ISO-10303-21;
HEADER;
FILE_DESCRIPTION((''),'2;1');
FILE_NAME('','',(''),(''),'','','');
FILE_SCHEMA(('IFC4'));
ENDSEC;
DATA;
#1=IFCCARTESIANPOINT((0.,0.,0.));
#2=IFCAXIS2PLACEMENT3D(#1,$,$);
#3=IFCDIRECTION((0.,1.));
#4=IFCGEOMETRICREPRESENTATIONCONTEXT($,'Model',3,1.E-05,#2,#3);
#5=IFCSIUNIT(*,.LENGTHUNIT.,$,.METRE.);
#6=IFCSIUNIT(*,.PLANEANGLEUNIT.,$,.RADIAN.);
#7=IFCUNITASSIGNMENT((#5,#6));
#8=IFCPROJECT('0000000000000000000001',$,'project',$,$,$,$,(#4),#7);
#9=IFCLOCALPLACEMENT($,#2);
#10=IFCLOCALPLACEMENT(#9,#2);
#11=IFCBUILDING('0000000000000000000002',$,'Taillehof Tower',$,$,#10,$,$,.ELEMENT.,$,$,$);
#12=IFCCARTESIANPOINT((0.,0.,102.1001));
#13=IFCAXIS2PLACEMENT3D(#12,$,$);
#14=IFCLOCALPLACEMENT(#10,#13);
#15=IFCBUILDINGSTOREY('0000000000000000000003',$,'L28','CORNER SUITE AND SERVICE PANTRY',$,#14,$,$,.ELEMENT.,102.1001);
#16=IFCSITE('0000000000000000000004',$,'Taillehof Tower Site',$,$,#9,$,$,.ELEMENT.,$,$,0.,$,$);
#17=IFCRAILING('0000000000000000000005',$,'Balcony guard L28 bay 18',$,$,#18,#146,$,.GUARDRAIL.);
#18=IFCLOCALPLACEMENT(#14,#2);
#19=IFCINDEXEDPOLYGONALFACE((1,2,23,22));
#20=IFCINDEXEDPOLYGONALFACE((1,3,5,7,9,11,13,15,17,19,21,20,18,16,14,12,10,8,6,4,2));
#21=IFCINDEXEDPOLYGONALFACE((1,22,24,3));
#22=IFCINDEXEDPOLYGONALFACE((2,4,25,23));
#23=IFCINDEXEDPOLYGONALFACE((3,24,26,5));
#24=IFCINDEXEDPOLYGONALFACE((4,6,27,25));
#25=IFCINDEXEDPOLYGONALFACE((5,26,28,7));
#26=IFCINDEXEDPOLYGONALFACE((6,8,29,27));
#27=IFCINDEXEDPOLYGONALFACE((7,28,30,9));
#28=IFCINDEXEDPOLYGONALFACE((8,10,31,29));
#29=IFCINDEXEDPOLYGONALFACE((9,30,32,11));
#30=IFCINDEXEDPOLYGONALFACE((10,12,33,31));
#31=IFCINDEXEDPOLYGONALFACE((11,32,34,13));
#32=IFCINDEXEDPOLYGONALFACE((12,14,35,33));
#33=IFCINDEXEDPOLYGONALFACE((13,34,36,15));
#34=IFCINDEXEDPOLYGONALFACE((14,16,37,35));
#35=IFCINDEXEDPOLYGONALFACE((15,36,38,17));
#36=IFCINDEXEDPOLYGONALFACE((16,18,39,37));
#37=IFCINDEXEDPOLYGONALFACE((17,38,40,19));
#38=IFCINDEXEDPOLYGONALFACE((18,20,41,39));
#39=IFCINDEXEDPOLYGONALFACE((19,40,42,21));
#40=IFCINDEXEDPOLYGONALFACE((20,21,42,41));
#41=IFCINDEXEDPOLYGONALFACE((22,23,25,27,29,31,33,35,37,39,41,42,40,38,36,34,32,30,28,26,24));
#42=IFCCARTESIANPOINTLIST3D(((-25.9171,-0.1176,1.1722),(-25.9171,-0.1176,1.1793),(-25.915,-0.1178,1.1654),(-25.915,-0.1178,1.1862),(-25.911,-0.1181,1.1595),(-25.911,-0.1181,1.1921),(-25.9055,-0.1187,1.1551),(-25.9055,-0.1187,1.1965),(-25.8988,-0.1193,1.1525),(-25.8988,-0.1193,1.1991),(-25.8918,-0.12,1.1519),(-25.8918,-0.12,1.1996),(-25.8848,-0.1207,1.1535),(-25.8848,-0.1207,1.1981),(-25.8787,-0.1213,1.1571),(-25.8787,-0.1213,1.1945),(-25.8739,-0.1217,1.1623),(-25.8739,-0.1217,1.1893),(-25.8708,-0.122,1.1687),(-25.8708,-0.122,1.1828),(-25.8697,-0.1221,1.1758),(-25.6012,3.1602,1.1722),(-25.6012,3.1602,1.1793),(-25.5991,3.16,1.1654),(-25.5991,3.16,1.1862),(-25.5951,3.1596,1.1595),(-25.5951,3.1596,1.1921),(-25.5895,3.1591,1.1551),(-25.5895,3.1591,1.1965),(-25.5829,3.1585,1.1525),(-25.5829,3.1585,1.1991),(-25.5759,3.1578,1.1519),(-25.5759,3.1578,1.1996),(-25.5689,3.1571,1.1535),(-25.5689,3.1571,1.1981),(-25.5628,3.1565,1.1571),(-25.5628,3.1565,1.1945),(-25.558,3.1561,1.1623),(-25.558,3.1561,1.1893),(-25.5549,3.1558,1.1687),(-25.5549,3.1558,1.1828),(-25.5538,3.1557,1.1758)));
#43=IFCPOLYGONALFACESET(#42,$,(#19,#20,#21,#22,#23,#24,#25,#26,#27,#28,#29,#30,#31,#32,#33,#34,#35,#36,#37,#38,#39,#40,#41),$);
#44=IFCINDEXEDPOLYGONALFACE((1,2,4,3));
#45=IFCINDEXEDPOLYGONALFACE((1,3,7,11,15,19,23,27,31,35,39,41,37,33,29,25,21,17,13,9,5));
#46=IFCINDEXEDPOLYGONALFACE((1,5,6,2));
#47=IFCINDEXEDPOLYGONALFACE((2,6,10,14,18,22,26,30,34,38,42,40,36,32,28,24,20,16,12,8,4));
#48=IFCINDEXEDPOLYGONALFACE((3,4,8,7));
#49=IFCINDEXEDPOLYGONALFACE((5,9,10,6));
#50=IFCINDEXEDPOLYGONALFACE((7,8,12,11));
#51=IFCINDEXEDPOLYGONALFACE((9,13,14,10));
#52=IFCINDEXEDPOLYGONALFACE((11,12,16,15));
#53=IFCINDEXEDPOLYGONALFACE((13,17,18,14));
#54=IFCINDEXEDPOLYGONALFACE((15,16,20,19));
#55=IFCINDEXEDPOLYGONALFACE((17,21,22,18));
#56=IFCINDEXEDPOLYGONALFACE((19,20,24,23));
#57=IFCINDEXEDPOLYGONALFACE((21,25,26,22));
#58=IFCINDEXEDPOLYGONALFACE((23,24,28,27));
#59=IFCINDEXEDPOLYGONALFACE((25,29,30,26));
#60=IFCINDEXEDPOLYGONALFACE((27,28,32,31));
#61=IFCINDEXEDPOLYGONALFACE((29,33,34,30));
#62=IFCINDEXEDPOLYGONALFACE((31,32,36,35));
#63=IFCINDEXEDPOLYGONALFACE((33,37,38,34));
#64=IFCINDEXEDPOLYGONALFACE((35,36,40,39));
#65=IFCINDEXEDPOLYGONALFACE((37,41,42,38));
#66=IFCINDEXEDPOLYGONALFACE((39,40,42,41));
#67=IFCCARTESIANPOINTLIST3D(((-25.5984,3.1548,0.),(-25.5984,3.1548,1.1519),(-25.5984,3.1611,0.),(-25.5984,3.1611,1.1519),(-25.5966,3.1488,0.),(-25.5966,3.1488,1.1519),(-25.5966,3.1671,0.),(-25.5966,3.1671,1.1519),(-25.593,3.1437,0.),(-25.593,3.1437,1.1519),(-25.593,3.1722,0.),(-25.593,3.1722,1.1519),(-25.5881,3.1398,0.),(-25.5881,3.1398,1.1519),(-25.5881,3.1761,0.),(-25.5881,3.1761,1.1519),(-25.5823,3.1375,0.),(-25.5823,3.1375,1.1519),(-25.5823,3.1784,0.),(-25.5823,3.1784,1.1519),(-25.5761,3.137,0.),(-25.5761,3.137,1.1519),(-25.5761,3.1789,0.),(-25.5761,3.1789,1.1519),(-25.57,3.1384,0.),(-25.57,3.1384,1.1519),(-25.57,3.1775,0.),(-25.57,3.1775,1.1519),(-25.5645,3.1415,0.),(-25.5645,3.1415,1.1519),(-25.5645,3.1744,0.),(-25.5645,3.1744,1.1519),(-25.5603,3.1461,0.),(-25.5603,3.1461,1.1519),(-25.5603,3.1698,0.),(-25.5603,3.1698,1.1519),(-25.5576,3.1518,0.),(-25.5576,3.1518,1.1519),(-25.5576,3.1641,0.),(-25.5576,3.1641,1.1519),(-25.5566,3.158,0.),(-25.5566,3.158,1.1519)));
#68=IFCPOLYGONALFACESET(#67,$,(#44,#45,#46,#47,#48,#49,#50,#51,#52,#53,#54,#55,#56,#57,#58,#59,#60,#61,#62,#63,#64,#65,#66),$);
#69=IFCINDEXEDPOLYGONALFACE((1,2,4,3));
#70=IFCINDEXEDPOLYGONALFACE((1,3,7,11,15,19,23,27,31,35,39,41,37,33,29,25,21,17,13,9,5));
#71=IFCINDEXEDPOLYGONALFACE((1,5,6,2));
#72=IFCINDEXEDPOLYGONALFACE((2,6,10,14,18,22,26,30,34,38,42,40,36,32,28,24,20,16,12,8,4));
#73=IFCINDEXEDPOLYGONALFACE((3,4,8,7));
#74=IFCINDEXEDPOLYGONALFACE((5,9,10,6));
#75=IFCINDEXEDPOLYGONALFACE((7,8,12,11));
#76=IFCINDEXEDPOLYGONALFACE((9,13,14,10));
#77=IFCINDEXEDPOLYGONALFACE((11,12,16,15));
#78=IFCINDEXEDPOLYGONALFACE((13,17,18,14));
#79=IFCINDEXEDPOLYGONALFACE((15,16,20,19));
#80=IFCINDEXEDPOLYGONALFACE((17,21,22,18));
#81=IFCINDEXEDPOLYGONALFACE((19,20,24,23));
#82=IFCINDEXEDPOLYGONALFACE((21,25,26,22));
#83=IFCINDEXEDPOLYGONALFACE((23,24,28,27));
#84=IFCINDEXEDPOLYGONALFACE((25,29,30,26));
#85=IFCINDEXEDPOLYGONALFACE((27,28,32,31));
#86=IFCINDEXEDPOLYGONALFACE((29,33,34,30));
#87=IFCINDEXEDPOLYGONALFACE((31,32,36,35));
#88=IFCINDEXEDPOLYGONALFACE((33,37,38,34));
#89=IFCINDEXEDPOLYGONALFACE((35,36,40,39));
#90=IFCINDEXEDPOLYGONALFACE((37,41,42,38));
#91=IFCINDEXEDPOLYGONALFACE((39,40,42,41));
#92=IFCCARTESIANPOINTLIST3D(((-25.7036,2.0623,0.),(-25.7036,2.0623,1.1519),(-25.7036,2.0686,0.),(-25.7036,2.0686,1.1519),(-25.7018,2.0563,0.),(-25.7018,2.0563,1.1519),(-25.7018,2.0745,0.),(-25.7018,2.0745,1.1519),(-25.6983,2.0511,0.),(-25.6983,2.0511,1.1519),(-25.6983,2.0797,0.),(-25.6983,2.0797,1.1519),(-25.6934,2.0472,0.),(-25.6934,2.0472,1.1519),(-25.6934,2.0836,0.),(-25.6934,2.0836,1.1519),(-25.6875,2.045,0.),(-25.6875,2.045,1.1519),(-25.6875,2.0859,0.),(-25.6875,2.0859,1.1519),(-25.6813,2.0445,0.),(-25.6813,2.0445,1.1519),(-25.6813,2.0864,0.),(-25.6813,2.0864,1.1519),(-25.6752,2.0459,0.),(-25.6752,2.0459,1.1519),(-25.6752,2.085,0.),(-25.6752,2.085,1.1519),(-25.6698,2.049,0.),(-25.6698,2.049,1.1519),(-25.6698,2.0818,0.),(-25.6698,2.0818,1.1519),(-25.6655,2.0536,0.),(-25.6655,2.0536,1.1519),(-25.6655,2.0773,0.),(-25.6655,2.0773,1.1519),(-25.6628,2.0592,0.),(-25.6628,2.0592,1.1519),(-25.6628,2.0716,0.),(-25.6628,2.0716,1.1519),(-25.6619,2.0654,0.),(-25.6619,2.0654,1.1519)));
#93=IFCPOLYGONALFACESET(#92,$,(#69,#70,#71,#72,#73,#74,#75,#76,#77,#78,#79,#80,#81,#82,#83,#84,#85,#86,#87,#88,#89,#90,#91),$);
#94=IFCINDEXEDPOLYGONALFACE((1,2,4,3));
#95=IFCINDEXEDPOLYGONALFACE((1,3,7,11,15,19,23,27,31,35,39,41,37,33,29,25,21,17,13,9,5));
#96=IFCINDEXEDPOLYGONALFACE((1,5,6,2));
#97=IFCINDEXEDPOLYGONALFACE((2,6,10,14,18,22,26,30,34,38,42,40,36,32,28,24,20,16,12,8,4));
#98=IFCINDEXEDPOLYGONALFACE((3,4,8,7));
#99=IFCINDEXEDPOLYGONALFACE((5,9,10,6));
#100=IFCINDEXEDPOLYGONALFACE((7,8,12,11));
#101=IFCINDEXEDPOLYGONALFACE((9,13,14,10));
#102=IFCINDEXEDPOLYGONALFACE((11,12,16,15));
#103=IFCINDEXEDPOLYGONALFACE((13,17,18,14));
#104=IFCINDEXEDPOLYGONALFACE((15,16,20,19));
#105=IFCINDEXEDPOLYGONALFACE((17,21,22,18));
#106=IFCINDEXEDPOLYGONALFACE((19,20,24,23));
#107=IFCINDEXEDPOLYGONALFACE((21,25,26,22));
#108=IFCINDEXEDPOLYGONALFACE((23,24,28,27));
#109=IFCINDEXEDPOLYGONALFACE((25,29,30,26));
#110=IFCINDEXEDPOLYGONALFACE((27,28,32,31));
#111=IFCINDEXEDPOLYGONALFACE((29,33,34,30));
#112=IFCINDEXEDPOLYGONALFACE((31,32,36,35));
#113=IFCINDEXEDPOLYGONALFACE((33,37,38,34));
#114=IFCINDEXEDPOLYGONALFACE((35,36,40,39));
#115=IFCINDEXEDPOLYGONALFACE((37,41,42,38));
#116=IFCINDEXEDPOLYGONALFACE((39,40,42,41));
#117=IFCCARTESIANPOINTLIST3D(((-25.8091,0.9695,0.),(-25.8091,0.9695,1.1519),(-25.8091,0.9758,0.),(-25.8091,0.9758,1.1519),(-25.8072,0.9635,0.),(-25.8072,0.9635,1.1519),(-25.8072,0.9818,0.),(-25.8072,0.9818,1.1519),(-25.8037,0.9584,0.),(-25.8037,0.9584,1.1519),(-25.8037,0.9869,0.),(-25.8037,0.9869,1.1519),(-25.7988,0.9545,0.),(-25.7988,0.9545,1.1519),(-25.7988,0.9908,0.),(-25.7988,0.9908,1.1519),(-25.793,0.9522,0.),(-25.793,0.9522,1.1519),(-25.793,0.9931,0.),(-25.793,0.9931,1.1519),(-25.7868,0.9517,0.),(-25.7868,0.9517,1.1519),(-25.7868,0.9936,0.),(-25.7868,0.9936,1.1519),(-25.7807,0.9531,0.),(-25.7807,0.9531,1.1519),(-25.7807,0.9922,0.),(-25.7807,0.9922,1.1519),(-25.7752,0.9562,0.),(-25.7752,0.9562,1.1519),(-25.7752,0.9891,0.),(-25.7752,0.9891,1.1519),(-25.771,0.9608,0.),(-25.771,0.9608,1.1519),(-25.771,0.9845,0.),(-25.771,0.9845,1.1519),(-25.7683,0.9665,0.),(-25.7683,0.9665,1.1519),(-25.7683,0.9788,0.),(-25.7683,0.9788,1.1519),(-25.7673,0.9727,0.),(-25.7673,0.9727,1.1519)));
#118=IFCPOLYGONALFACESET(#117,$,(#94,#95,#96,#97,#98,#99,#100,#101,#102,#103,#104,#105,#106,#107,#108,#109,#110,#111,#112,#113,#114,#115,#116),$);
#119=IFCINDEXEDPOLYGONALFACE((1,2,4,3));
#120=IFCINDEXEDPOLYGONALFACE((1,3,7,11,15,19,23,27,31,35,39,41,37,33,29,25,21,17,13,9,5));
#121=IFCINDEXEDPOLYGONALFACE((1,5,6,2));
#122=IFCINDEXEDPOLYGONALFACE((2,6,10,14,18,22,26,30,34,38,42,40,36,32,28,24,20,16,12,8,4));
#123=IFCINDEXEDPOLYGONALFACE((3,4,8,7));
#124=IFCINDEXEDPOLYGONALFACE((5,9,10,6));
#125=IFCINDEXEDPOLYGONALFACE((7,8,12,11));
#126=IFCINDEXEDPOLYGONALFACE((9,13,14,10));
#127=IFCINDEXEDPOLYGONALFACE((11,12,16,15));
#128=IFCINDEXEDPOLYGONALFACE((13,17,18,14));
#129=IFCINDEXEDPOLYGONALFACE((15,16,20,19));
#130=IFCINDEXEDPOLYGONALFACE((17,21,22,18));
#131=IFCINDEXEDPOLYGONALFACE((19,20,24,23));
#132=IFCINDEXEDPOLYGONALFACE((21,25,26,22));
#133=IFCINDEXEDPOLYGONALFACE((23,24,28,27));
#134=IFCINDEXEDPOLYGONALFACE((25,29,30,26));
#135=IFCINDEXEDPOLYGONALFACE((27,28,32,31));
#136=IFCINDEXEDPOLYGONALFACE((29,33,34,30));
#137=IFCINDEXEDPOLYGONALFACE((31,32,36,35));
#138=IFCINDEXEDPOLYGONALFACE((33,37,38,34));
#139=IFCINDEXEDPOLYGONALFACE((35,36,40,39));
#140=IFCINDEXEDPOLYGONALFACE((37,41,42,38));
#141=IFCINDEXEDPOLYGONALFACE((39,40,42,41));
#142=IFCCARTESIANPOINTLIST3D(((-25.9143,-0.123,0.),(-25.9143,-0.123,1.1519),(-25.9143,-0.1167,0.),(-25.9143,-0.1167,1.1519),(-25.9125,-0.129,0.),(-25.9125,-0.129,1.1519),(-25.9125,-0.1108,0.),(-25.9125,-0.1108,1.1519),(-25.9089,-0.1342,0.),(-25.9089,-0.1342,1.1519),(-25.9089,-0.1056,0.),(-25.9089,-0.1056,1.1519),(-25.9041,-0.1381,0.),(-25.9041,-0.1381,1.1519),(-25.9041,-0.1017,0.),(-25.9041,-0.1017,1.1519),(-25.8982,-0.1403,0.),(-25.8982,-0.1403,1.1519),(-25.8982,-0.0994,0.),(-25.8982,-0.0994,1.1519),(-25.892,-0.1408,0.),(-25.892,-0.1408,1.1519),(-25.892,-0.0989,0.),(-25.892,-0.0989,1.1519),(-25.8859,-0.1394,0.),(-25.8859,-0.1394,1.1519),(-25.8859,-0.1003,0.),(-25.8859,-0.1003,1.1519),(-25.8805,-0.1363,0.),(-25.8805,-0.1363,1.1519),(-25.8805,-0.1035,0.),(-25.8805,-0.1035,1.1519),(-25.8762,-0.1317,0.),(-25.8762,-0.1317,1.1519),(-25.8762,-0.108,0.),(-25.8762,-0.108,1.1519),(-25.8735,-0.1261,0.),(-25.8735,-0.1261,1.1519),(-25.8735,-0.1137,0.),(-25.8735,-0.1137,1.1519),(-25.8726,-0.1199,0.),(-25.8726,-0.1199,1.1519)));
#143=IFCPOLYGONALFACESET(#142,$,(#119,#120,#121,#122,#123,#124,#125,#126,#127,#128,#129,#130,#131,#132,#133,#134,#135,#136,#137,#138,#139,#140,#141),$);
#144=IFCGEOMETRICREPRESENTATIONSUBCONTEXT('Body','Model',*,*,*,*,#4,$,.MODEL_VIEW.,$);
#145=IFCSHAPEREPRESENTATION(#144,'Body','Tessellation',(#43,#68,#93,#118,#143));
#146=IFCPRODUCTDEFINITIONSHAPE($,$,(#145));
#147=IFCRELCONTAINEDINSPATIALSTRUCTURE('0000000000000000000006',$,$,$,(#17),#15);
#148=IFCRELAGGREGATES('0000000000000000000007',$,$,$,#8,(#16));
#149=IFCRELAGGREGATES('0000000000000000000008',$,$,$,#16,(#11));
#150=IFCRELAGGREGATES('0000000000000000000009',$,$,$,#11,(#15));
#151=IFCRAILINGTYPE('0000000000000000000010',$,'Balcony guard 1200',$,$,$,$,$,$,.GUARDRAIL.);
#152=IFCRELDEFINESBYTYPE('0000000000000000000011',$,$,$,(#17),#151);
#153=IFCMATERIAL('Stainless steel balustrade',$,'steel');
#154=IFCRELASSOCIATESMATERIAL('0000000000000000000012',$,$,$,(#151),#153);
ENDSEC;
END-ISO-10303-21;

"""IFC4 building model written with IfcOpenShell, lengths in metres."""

from ifc_helpers import new_model, si_unit, direction, frame, origin, origin_2d, place, context, subcontext, project, spatial, circle, extrude, material, type_object, element, save


model = new_model("IFC4")

# Units and contexts
model_context = context("Model", 3, precision=1e-05, world=origin(), true_north=direction((0.0, 1.0)))
body_context = subcontext(model_context, "Body", "Model", "MODEL_VIEW")
ifc_project = project(units=[si_unit("LENGTHUNIT", "METRE"), si_unit("PLANEANGLEUNIT", "RADIAN")], contexts=[model_context])

# Site, building, storey
site_placement = place(None, origin())
site = spatial("IfcSite", under=ifc_project, at=site_placement, Name="Taillehof Tower Site", CompositionType="ELEMENT", RefElevation=0.0)
building_placement = place(site_placement, origin())
building = spatial("IfcBuilding", under=site, at=building_placement, Name="Taillehof Tower", CompositionType="ELEMENT")
storey_placement = place(building_placement, frame((0.0, 0.0, 102.1001)))
storey = spatial("IfcBuildingStorey", under=building, at=storey_placement, Name="L28", Description="CORNER SUITE AND SERVICE PANTRY", CompositionType="ELEMENT", Elevation=102.1001)

# Railing
ifc_material_1 = material(Name="Stainless steel balustrade", Category="steel")
railing_type = type_object("IfcRailingType", Name="Balcony guard 1200", PredefinedType="GUARDRAIL", material=ifc_material_1)
railing_1_placement = place(storey_placement, frame((-25.5776, 3.158, 0.0)))
element("IfcRailing", 1, at=railing_1_placement, inside=storey, type_object=railing_type, Name="Balcony guard L28 bay 18", PredefinedType="GUARDRAIL", context=body_context, shape_type="SweptSolid", body=[
    extrude(circle(Radius=0.0239, at=origin_2d()), frame((0.0, 0.0, 1.1758), z_axis=(-0.095936, -0.995388, 0.0), x_axis=(0.995388, -0.095936, 0.0)), (0.0, 0.0, 1.0), 3.293),
    extrude(circle(Radius=0.021, at=origin_2d()), origin(), (0.0, 0.0, 1.0), 1.1519),
    extrude(circle(Radius=0.021, at=origin_2d()), frame((-0.1052, -1.0925, 0.0)), (0.0, 0.0, 1.0), 1.1519),
    extrude(circle(Radius=0.021, at=origin_2d()), frame((-0.2107, -2.1853, 0.0)), (0.0, 0.0, 1.0), 1.1519),
    extrude(circle(Radius=0.021, at=origin_2d()), frame((-0.3159, -3.2778, 0.0)), (0.0, 0.0, 1.0), 1.1519),
])

save(model, "model.ifc")
